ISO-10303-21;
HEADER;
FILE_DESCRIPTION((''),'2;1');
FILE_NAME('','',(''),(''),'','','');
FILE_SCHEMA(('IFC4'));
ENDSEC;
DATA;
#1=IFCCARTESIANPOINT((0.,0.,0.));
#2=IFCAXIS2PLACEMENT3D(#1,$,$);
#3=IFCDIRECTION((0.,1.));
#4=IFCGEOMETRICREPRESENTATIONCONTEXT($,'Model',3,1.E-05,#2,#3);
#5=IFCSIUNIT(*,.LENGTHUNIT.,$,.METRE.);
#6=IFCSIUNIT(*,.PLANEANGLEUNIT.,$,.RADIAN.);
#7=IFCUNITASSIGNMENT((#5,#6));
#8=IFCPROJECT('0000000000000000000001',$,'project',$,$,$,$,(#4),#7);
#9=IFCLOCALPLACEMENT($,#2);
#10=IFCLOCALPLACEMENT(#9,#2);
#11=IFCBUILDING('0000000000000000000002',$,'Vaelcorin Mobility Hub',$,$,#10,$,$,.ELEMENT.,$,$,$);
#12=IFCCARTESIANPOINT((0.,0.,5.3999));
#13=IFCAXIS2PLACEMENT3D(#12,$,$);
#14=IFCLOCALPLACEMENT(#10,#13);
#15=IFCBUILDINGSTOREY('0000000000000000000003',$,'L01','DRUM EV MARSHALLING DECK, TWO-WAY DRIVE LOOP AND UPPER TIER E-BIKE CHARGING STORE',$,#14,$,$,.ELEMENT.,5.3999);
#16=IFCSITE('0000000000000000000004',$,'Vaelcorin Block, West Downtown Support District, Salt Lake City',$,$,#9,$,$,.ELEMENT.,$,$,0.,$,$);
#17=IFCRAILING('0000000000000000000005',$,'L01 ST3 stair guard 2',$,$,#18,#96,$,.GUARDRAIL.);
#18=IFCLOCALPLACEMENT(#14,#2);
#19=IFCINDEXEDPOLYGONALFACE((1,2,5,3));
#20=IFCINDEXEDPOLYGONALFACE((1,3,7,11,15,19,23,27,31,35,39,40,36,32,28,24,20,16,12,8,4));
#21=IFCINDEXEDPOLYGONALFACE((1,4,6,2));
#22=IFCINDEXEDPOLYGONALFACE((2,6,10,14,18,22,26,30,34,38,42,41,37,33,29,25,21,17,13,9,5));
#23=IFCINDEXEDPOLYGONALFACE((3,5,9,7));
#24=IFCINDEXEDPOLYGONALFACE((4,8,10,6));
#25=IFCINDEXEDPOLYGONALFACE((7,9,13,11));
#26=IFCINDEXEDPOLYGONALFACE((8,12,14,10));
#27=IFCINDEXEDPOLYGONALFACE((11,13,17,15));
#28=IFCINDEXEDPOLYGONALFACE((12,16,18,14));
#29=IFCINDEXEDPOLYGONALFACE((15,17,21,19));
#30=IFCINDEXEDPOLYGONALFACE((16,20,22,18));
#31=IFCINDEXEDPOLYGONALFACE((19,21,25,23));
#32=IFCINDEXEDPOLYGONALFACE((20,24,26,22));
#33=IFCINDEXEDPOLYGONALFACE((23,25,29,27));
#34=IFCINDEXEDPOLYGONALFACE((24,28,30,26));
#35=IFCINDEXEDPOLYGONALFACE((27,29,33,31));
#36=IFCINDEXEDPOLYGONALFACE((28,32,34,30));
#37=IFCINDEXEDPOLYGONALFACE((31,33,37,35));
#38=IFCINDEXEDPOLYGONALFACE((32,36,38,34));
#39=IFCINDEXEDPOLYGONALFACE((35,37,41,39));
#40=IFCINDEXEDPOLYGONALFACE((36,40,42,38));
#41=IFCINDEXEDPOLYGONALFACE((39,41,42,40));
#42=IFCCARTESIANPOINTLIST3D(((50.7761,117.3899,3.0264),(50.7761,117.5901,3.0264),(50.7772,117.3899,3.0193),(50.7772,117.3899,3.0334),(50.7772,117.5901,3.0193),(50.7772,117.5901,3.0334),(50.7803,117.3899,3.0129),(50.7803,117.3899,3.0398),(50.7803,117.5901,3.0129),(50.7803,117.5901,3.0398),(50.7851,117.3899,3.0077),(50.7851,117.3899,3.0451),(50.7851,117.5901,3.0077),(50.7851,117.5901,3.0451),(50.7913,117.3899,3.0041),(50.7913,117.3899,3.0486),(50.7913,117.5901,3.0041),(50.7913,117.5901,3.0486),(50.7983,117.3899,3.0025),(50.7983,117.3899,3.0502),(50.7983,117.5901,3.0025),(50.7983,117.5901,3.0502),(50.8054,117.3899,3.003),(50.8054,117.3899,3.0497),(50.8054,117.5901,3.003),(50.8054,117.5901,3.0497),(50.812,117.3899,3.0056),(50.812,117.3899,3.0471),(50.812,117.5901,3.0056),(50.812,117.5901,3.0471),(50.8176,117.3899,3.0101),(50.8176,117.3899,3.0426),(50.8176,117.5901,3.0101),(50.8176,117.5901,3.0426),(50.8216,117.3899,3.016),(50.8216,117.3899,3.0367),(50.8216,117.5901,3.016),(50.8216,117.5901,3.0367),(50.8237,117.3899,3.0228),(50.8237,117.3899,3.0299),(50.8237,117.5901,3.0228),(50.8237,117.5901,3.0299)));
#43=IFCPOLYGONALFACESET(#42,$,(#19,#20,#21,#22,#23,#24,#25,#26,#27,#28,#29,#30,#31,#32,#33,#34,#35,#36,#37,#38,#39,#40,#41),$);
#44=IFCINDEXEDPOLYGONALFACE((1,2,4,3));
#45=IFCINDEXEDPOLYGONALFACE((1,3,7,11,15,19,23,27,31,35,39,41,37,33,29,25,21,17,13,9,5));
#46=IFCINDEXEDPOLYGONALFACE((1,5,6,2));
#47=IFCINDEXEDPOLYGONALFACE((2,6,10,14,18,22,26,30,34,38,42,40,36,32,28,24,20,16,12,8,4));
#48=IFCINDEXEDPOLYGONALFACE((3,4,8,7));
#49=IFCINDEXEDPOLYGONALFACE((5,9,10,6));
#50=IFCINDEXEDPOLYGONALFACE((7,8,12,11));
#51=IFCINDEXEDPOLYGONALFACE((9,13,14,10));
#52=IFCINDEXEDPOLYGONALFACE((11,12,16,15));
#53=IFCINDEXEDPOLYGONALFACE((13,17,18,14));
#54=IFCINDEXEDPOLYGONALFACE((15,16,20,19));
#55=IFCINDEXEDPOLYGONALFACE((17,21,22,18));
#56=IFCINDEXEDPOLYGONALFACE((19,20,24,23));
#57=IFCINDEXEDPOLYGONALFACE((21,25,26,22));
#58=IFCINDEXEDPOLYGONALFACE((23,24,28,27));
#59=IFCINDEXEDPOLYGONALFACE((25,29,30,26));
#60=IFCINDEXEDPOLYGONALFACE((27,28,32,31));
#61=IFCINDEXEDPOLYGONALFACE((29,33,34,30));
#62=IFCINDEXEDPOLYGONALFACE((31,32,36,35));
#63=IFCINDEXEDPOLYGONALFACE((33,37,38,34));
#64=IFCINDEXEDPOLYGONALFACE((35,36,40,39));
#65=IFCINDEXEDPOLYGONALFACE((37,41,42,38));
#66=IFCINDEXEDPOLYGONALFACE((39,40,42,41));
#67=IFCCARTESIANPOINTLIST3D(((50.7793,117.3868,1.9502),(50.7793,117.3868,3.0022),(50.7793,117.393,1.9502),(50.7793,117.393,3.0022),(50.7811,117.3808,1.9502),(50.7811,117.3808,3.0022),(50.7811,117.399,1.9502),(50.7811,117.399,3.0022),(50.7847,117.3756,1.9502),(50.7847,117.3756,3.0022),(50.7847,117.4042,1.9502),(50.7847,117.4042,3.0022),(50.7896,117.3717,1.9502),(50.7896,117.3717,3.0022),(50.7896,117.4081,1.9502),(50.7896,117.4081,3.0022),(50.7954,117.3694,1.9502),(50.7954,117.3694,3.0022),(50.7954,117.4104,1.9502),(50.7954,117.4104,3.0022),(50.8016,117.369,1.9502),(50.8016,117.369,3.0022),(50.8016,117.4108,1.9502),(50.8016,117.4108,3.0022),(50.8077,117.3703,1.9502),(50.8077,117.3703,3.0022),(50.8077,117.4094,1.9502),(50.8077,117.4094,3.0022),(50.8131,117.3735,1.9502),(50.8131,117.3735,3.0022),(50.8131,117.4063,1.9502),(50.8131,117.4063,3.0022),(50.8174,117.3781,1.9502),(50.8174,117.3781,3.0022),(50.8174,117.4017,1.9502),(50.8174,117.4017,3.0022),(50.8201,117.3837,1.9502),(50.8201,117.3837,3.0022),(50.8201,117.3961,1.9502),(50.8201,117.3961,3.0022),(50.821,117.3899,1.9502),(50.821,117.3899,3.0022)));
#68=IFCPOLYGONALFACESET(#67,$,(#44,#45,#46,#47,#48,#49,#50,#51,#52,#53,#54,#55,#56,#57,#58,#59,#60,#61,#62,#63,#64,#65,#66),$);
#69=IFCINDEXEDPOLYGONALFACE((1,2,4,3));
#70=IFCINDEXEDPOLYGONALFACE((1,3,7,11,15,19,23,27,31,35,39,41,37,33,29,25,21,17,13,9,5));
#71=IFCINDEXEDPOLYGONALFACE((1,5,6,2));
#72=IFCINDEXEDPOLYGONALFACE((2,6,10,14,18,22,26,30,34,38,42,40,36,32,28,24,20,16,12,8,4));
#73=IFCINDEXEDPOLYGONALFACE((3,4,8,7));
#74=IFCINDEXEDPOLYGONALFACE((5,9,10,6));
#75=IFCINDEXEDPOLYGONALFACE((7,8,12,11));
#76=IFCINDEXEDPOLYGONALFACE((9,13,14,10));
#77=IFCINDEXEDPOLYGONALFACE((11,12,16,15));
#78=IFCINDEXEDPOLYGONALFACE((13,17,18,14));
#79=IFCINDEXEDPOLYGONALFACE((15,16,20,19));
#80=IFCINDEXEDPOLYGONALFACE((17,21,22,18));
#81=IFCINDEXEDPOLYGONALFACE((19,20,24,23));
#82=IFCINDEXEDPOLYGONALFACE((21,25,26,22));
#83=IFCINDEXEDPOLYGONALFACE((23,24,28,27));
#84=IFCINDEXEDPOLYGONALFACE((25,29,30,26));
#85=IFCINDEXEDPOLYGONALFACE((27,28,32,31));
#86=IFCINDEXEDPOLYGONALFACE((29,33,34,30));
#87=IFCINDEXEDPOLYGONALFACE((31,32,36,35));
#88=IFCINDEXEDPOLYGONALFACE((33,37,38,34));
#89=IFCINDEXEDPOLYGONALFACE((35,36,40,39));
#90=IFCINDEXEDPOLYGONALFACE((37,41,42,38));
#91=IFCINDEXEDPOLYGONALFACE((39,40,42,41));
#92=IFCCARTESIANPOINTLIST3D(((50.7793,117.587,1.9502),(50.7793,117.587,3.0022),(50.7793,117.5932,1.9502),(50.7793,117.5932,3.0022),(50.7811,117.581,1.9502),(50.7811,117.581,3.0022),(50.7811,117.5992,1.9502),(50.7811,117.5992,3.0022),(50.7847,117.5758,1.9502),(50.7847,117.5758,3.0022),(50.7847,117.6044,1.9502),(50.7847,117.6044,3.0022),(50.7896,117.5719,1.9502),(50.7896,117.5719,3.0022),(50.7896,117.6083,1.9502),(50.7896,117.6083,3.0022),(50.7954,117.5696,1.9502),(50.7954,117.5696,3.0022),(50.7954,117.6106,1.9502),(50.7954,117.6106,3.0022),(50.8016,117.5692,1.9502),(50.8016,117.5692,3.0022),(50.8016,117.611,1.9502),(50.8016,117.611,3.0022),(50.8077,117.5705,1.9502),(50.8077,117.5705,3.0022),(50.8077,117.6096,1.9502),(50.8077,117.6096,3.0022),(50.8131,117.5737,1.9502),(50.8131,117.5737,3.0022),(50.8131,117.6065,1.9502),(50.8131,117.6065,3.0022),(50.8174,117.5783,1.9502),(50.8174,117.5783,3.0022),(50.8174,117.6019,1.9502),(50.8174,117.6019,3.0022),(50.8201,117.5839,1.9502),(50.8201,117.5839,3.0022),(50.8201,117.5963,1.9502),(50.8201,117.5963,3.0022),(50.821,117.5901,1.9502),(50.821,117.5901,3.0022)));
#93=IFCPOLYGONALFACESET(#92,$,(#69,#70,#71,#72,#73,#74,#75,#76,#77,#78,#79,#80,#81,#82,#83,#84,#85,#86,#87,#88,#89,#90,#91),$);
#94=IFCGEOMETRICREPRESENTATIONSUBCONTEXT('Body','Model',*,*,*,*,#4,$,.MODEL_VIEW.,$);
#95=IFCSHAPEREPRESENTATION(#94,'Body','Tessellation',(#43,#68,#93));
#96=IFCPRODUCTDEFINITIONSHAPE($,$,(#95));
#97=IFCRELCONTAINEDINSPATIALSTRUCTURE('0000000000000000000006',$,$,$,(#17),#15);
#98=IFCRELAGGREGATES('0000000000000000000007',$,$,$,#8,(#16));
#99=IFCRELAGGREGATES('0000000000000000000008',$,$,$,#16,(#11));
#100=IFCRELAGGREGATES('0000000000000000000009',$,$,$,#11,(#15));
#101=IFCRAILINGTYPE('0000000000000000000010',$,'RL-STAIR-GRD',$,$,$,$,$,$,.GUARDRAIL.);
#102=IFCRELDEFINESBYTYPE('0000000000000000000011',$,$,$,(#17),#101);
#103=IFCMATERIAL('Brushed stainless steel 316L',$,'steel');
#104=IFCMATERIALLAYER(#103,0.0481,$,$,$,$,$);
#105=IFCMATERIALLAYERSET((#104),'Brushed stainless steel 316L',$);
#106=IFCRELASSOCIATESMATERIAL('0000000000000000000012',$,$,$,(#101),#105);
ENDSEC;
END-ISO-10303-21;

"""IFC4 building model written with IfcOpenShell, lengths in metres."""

from ifc_helpers import new_model, si_unit, direction, frame, origin, origin_2d, place, context, subcontext, project, spatial, circle, extrude, material, layer, layer_set, type_object, element, save


model = new_model("IFC4")

# Units and contexts
model_context = context("Model", 3, precision=1e-05, world=origin(), true_north=direction((0.0, 1.0)))
body_context = subcontext(model_context, "Body", "Model", "MODEL_VIEW")
ifc_project = project(units=[si_unit("LENGTHUNIT", "METRE"), si_unit("PLANEANGLEUNIT", "RADIAN")], contexts=[model_context])

# Site, building, storey
site_placement = place(None, origin())
site = spatial("IfcSite", under=ifc_project, at=site_placement, Name="Vaelcorin Block, West Downtown Support District, Salt Lake City", CompositionType="ELEMENT", RefElevation=0.0)
building_placement = place(site_placement, origin())
building = spatial("IfcBuilding", under=site, at=building_placement, Name="Vaelcorin Mobility Hub", CompositionType="ELEMENT")
storey_placement = place(building_placement, frame((0.0, 0.0, 5.3999)))
storey = spatial("IfcBuildingStorey", under=building, at=storey_placement, Name="L01", Description="DRUM EV MARSHALLING DECK, TWO-WAY DRIVE LOOP AND UPPER TIER E-BIKE CHARGING STORE", CompositionType="ELEMENT", Elevation=5.3999)

# Shared definitions
ifc_material_1 = material(Name="Brushed stainless steel 316L", Category="steel")

# Railing
ifc_layer_1 = layer(ifc_material_1, 0.0481)
ifc_layer_set_1 = layer_set([ifc_layer_1], Name="Brushed stainless steel 316L")
railing_type_1 = type_object("IfcRailingType", Name="RL-STAIR-GRD", PredefinedType="GUARDRAIL", material=ifc_layer_set_1)
railing_1_placement = place(storey_placement, frame((50.8, 117.3899, 1.9502)))
element("IfcRailing", 1, at=railing_1_placement, inside=storey, type_object=railing_type_1, Name="L01 ST3 stair guard 2", PredefinedType="GUARDRAIL", context=body_context, shape_type="SweptSolid", body=[
    extrude(circle(Radius=0.0239, at=origin_2d()), frame((0.0, 0.0, 1.0762), z_axis=(0.0, 1.0, 0.0), x_axis=(-1.0, 0.0, 0.0)), (0.0, 0.0, 1.0), 0.2002),
    extrude(circle(Radius=0.021, at=origin_2d()), origin(), (0.0, 0.0, 1.0), 1.052),
    extrude(circle(Radius=0.021, at=origin_2d()), frame((0.0, 0.2002, 0.0)), (0.0, 0.0, 1.0), 1.052),
])

save(model, "model.ifc")
